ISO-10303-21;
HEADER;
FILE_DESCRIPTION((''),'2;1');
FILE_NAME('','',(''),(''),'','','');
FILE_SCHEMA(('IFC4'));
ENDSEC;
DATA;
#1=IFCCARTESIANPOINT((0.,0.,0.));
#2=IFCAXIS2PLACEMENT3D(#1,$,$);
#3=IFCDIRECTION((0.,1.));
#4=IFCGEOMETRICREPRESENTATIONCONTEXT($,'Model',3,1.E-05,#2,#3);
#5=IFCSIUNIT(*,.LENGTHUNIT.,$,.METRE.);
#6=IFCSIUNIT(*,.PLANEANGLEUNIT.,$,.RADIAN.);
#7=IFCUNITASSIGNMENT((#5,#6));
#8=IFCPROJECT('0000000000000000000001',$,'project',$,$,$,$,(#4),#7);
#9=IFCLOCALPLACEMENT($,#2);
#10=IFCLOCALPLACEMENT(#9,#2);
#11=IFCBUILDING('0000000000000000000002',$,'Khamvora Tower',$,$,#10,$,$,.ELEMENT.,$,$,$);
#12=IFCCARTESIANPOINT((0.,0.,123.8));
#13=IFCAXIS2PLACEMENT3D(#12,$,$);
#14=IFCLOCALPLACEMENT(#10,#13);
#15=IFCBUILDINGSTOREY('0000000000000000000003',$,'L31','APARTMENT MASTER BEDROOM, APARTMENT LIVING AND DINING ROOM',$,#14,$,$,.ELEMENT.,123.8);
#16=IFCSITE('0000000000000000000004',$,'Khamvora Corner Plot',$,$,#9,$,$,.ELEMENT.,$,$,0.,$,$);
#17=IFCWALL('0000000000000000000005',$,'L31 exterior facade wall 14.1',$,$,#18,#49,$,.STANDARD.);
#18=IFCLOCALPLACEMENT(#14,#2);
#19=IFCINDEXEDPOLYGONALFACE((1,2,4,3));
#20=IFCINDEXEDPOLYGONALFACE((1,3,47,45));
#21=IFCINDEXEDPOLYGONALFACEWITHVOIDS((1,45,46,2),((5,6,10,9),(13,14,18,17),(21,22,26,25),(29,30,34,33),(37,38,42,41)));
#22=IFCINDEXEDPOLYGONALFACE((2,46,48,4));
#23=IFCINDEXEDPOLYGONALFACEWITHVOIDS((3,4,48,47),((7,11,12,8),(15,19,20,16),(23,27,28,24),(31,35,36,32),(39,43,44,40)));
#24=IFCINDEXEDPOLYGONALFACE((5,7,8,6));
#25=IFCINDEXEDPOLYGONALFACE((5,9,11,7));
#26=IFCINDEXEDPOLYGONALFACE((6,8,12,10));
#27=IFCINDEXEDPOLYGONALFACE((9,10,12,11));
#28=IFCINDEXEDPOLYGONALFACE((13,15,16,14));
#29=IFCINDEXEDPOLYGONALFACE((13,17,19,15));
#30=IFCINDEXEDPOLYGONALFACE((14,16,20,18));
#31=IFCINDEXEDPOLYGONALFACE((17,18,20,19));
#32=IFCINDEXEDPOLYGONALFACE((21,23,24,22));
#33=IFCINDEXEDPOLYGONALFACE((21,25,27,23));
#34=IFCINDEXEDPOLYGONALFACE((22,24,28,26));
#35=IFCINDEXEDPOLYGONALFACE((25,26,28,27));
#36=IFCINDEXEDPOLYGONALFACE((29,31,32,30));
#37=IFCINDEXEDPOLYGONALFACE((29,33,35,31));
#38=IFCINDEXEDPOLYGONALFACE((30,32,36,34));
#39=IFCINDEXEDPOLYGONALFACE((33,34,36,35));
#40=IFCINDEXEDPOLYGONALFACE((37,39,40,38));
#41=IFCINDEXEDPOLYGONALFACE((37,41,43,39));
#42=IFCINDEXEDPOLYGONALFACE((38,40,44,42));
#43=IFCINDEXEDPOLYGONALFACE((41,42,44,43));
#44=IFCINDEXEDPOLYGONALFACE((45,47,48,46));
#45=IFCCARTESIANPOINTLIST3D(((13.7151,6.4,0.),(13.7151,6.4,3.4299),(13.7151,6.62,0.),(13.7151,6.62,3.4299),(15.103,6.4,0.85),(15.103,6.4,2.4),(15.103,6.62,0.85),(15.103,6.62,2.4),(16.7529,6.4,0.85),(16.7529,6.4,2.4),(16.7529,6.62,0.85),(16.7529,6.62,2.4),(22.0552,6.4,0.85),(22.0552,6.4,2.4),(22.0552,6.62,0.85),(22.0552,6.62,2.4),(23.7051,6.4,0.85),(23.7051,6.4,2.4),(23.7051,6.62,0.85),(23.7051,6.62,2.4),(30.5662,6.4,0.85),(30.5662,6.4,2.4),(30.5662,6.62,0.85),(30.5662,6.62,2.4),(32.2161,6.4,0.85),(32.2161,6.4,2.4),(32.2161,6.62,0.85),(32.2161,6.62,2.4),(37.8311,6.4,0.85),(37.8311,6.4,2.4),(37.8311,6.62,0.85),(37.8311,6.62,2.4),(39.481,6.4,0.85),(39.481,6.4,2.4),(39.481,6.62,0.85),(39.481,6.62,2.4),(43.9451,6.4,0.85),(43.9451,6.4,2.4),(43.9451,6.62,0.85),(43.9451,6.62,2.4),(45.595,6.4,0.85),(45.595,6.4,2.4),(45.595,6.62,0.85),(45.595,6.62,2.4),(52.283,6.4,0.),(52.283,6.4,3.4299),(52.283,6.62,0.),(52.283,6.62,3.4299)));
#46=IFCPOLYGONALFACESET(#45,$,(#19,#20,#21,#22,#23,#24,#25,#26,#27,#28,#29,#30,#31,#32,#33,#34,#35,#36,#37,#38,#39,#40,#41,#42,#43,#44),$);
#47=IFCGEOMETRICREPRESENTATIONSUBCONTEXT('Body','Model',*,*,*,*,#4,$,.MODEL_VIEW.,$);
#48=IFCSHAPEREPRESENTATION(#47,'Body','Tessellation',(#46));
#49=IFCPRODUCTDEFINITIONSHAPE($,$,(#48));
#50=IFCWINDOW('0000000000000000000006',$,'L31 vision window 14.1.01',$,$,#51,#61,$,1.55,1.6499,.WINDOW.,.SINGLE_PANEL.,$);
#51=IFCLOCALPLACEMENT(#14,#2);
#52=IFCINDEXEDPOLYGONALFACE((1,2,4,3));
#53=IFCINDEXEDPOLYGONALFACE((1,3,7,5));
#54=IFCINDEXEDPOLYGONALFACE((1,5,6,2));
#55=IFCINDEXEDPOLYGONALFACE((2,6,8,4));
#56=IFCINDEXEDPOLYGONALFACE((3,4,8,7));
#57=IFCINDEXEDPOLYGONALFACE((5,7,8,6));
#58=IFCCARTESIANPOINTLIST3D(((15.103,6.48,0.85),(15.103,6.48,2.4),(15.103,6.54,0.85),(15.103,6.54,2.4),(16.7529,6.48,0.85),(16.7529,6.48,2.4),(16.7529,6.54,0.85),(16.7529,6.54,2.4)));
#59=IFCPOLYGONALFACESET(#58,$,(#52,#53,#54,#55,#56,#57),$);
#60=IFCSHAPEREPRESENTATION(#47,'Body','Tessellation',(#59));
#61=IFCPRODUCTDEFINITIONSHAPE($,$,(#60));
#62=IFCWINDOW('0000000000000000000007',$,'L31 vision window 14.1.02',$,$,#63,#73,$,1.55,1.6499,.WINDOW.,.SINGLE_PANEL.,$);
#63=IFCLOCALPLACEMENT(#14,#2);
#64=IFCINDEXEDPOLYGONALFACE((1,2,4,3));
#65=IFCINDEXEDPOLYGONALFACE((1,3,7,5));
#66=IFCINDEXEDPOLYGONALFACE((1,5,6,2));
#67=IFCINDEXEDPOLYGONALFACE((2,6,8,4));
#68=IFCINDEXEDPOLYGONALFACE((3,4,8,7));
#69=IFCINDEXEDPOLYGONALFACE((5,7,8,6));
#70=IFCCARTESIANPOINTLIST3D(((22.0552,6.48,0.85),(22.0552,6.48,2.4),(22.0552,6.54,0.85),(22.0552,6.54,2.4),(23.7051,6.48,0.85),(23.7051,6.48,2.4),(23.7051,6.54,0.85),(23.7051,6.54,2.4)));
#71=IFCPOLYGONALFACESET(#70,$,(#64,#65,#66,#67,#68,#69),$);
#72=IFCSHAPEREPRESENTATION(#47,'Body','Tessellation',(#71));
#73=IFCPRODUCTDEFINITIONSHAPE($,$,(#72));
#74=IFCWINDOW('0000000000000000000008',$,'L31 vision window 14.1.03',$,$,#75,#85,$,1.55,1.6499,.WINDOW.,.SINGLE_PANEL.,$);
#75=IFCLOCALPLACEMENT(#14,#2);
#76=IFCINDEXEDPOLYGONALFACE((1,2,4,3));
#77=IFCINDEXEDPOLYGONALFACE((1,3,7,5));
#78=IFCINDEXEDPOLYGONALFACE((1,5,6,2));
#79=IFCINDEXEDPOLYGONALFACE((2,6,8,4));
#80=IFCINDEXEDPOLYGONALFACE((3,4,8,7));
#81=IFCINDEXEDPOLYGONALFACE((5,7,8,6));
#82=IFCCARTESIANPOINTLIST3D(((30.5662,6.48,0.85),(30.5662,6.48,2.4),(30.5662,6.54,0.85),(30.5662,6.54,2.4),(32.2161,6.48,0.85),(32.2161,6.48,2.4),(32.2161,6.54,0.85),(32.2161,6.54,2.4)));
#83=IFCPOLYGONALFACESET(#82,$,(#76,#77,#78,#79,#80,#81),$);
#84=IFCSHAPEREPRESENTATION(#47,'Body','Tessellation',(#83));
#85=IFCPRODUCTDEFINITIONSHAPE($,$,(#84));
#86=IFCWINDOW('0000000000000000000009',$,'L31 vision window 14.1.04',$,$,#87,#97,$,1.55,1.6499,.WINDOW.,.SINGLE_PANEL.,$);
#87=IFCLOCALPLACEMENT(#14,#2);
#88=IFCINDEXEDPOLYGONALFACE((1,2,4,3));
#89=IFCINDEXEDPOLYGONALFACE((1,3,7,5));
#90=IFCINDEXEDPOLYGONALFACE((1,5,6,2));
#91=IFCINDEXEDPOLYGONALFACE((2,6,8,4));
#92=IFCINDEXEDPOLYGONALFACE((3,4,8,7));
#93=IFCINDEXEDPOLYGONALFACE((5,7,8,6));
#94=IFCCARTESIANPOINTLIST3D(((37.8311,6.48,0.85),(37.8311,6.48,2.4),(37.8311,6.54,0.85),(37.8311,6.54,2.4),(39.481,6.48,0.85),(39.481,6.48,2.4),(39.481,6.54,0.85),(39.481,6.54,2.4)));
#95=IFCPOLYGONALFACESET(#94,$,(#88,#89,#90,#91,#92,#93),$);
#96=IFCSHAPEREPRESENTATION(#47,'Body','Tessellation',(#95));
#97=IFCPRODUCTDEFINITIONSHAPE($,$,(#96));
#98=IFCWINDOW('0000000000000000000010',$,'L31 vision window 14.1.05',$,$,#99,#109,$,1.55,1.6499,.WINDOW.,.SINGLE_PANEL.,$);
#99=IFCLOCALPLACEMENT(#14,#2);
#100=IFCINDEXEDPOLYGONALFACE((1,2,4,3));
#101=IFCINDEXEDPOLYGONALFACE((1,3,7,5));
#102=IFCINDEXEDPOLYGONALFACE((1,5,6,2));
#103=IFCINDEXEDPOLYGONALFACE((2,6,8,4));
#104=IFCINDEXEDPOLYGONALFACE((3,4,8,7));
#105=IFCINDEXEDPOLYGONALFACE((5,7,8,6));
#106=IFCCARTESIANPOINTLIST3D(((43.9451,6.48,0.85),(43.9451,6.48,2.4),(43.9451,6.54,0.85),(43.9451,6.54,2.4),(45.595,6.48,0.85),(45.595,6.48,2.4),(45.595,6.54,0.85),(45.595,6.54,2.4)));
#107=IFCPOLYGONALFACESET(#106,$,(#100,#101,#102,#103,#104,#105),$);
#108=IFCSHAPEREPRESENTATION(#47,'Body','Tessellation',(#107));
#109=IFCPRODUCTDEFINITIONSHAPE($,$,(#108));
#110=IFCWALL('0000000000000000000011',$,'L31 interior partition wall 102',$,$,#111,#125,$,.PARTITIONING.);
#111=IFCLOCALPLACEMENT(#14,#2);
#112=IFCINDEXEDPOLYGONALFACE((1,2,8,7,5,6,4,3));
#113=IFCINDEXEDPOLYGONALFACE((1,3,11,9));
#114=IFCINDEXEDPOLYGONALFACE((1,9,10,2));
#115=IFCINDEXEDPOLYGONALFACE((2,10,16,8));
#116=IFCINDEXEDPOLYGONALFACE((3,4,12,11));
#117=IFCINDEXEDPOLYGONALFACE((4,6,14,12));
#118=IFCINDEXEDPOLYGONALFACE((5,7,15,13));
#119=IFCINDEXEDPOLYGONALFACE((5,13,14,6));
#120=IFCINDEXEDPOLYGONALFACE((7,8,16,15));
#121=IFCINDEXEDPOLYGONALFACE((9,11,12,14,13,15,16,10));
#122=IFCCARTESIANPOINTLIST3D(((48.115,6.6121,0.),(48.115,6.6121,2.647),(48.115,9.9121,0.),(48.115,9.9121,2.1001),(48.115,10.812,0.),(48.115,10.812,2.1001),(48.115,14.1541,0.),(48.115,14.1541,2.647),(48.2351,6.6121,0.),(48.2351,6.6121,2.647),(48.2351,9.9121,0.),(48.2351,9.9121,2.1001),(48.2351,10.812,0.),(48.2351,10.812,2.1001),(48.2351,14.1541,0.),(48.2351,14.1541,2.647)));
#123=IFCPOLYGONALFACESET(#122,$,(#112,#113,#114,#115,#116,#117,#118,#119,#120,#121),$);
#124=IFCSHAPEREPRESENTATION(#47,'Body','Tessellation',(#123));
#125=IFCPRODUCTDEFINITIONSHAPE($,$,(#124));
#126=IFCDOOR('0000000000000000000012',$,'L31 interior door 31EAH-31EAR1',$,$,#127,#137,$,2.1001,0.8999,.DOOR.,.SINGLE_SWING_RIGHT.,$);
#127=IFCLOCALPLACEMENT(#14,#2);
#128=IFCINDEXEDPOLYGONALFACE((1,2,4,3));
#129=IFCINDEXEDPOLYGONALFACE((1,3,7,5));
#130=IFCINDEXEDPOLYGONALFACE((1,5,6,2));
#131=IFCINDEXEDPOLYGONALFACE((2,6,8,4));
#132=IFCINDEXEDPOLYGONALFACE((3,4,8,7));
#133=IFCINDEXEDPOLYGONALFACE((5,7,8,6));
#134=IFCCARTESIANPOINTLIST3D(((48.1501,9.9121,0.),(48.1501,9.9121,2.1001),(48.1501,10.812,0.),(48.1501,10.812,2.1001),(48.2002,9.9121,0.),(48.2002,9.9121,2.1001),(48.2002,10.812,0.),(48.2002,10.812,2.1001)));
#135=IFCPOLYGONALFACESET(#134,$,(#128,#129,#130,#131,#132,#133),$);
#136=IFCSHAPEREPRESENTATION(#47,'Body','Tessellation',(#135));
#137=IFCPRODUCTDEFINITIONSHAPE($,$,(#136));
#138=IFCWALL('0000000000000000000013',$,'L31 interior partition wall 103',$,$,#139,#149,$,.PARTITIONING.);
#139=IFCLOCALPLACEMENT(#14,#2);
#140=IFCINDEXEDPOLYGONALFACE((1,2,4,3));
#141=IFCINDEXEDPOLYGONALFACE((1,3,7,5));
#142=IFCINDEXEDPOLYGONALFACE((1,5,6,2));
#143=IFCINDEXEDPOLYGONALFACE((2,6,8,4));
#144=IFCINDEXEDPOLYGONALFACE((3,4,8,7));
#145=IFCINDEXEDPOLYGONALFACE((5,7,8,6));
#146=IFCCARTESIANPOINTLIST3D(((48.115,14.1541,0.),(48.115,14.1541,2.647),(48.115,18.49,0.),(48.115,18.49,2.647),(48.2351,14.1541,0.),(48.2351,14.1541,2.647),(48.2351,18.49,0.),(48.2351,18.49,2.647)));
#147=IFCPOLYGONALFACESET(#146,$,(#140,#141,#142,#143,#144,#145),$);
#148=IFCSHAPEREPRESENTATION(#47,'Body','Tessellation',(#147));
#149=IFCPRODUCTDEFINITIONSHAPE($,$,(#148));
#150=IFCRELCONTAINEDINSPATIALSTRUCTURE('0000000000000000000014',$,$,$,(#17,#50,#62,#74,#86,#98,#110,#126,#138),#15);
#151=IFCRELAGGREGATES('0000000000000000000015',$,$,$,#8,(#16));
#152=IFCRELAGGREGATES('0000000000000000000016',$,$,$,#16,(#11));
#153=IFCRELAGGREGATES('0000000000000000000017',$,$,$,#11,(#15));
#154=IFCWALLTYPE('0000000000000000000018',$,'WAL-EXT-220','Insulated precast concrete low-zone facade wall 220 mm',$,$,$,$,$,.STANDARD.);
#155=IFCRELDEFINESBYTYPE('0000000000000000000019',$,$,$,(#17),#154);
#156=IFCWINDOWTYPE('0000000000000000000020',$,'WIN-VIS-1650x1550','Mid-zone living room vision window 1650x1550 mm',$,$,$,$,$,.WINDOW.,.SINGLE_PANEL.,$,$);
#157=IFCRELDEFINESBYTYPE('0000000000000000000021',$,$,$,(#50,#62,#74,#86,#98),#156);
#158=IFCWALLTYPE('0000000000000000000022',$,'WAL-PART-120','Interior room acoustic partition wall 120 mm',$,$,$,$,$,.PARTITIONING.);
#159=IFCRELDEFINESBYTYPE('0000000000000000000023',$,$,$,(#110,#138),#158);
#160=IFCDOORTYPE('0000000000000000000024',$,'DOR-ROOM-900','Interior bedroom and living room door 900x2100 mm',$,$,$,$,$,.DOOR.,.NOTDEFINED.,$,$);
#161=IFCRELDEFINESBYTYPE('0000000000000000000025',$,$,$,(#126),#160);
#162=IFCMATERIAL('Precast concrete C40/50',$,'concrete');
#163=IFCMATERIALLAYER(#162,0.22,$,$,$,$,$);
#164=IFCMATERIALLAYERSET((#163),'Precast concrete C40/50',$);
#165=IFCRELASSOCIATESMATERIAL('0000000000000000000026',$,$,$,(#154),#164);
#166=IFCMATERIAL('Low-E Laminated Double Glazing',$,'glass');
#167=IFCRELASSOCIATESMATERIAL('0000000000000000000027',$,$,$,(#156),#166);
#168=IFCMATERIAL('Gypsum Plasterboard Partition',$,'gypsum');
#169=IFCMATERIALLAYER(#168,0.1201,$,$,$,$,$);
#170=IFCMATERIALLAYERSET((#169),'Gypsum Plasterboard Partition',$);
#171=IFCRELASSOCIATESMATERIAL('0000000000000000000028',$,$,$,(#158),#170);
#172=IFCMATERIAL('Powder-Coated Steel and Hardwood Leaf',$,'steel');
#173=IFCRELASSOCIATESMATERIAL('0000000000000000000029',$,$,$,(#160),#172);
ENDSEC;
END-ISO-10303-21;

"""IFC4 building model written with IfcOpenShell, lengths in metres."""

from ifc_helpers import new_model, si_unit, direction, frame, frame_2d, origin, place, context, subcontext, project, spatial, rectangle, extrude, material, layer, layer_set, type_object, element, fill, save


model = new_model("IFC4")

# Units and contexts
model_context = context("Model", 3, precision=1e-05, world=origin(), true_north=direction((0.0, 1.0)))
body_context = subcontext(model_context, "Body", "Model", "MODEL_VIEW")
ifc_project = project(units=[si_unit("LENGTHUNIT", "METRE"), si_unit("PLANEANGLEUNIT", "RADIAN")], contexts=[model_context])

# Site, building, storey
site_placement = place(None, origin())
site = spatial("IfcSite", under=ifc_project, at=site_placement, Name="Khamvora Corner Plot", CompositionType="ELEMENT", RefElevation=0.0)
building_placement = place(site_placement, origin())
building = spatial("IfcBuilding", under=site, at=building_placement, Name="Khamvora Tower", CompositionType="ELEMENT")
storey_placement = place(building_placement, frame((0.0, 0.0, 123.8)))
storey = spatial("IfcBuildingStorey", under=building, at=storey_placement, Name="L31", Description="APARTMENT MASTER BEDROOM, APARTMENT LIVING AND DINING ROOM", CompositionType="ELEMENT", Elevation=123.8)

# Shared definitions
ifc_material_1 = material(Name="Precast concrete C40/50", Category="concrete")
ifc_layer_1 = layer(ifc_material_1, 0.22)
ifc_layer_set_1 = layer_set([ifc_layer_1], Name="Precast concrete C40/50")
wall_type_1 = type_object("IfcWallType", Name="WAL-EXT-220", Description="Insulated precast concrete low-zone facade wall 220 mm", PredefinedType="STANDARD", material=ifc_layer_set_1)

# Wall, openings, windows
wall_1_placement = place(storey_placement, frame((52.283, 6.51, 0.0), z_axis=(0.0, 0.0, 1.0), x_axis=(-1.0, 0.0, 0.0)))
wall_1 = element("IfcWall", 1, at=wall_1_placement, inside=storey, type_object=wall_type_1, Name="L31 exterior facade wall 14.1", PredefinedType="STANDARD", context=body_context, shape_type="SweptSolid", body=[
    extrude(rectangle(XDim=38.5679, YDim=0.22, at=frame_2d((19.2839, 0.0))), origin(), (0.0, 0.0, 1.0), 3.4299),
])
opening_1_placement = place(wall_1_placement, frame((35.53, 0.0, 0.8501)))
opening_1 = element("IfcOpeningElement", 2, at=opening_1_placement, cuts=wall_1, PredefinedType="OPENING", context=body_context, shape_type="SweptSolid", body=[
    extrude(rectangle(XDim=1.6499, YDim=1.55, at=frame_2d((0.825, 0.7749))), frame((0.0, 0.1199, 0.0), z_axis=(0.0, -1.0, 0.0), x_axis=(1.0, 0.0, 0.0)), (0.0, 0.0, 1.0), 0.24),
])
opening_2_placement = place(wall_1_placement, frame((28.5779, 0.0, 0.8501)))
opening_2 = element("IfcOpeningElement", 3, at=opening_2_placement, cuts=wall_1, PredefinedType="OPENING", context=body_context, shape_type="SweptSolid", body=[
    extrude(rectangle(XDim=1.6499, YDim=1.55, at=frame_2d((0.825, 0.7749))), frame((0.0, 0.1199, 0.0), z_axis=(0.0, -1.0, 0.0), x_axis=(1.0, 0.0, 0.0)), (0.0, 0.0, 1.0), 0.24),
])
opening_3_placement = place(wall_1_placement, frame((20.0669, 0.0, 0.8501)))
opening_3 = element("IfcOpeningElement", 4, at=opening_3_placement, cuts=wall_1, PredefinedType="OPENING", context=body_context, shape_type="SweptSolid", body=[
    extrude(rectangle(XDim=1.6499, YDim=1.55, at=frame_2d((0.825, 0.7749))), frame((0.0, 0.1199, 0.0), z_axis=(0.0, -1.0, 0.0), x_axis=(1.0, 0.0, 0.0)), (0.0, 0.0, 1.0), 0.24),
])
opening_4_placement = place(wall_1_placement, frame((12.802, 0.0, 0.8501)))
opening_4 = element("IfcOpeningElement", 5, at=opening_4_placement, cuts=wall_1, PredefinedType="OPENING", context=body_context, shape_type="SweptSolid", body=[
    extrude(rectangle(XDim=1.6499, YDim=1.55, at=frame_2d((0.825, 0.7749))), frame((0.0, 0.1199, 0.0), z_axis=(0.0, -1.0, 0.0), x_axis=(1.0, 0.0, 0.0)), (0.0, 0.0, 1.0), 0.24),
])
opening_5_placement = place(wall_1_placement, frame((6.688, 0.0, 0.8501)))
opening_5 = element("IfcOpeningElement", 6, at=opening_5_placement, cuts=wall_1, PredefinedType="OPENING", context=body_context, shape_type="SweptSolid", body=[
    extrude(rectangle(XDim=1.6499, YDim=1.55, at=frame_2d((0.825, 0.7749))), frame((0.0, 0.1199, 0.0), z_axis=(0.0, -1.0, 0.0), x_axis=(1.0, 0.0, 0.0)), (0.0, 0.0, 1.0), 0.24),
])
ifc_material_2 = material(Name="Low-E Laminated Double Glazing", Category="glass")
window_type = type_object("IfcWindowType", Name="WIN-VIS-1650x1550", Description="Mid-zone living room vision window 1650x1550 mm", PartitioningType="SINGLE_PANEL", PredefinedType="WINDOW", material=ifc_material_2)
window_1_placement = place(opening_1_placement, origin())
window_1 = element("IfcWindow", 7, at=window_1_placement, inside=storey, type_object=window_type, Name="L31 vision window 14.1.01", OverallHeight=1.55, OverallWidth=1.6499, PartitioningType="SINGLE_PANEL", PredefinedType="WINDOW", context=body_context, shape_type="SweptSolid", body=[
    extrude(rectangle(XDim=1.6499, YDim=1.55, at=frame_2d((0.825, 0.7749))), frame((0.0, 0.03, 0.0), z_axis=(0.0, -1.0, 0.0), x_axis=(1.0, 0.0, 0.0)), (0.0, 0.0, 1.0), 0.0601),
])
fill(opening_1, window_1)
window_2_placement = place(opening_2_placement, origin())
window_2 = element("IfcWindow", 8, at=window_2_placement, inside=storey, type_object=window_type, Name="L31 vision window 14.1.02", OverallHeight=1.55, OverallWidth=1.6499, PartitioningType="SINGLE_PANEL", PredefinedType="WINDOW", context=body_context, shape_type="SweptSolid", body=[
    extrude(rectangle(XDim=1.6499, YDim=1.55, at=frame_2d((0.825, 0.7749))), frame((0.0, 0.03, 0.0), z_axis=(0.0, -1.0, 0.0), x_axis=(1.0, 0.0, 0.0)), (0.0, 0.0, 1.0), 0.0601),
])
fill(opening_2, window_2)
window_3_placement = place(opening_3_placement, origin())
window_3 = element("IfcWindow", 9, at=window_3_placement, inside=storey, type_object=window_type, Name="L31 vision window 14.1.03", OverallHeight=1.55, OverallWidth=1.6499, PartitioningType="SINGLE_PANEL", PredefinedType="WINDOW", context=body_context, shape_type="SweptSolid", body=[
    extrude(rectangle(XDim=1.6499, YDim=1.55, at=frame_2d((0.825, 0.7749))), frame((0.0, 0.03, 0.0), z_axis=(0.0, -1.0, 0.0), x_axis=(1.0, 0.0, 0.0)), (0.0, 0.0, 1.0), 0.0601),
])
fill(opening_3, window_3)
window_4_placement = place(opening_4_placement, origin())
window_4 = element("IfcWindow", 10, at=window_4_placement, inside=storey, type_object=window_type, Name="L31 vision window 14.1.04", OverallHeight=1.55, OverallWidth=1.6499, PartitioningType="SINGLE_PANEL", PredefinedType="WINDOW", context=body_context, shape_type="SweptSolid", body=[
    extrude(rectangle(XDim=1.6499, YDim=1.55, at=frame_2d((0.825, 0.7749))), frame((0.0, 0.03, 0.0), z_axis=(0.0, -1.0, 0.0), x_axis=(1.0, 0.0, 0.0)), (0.0, 0.0, 1.0), 0.0601),
])
fill(opening_4, window_4)
window_5_placement = place(opening_5_placement, origin())
window_5 = element("IfcWindow", 11, at=window_5_placement, inside=storey, type_object=window_type, Name="L31 vision window 14.1.05", OverallHeight=1.55, OverallWidth=1.6499, PartitioningType="SINGLE_PANEL", PredefinedType="WINDOW", context=body_context, shape_type="SweptSolid", body=[
    extrude(rectangle(XDim=1.6499, YDim=1.55, at=frame_2d((0.825, 0.7749))), frame((0.0, 0.03, 0.0), z_axis=(0.0, -1.0, 0.0), x_axis=(1.0, 0.0, 0.0)), (0.0, 0.0, 1.0), 0.0601),
])
fill(opening_5, window_5)

# Wall, opening, door
ifc_material_3 = material(Name="Gypsum Plasterboard Partition", Category="gypsum")
ifc_layer_2 = layer(ifc_material_3, 0.1201)
ifc_layer_set_2 = layer_set([ifc_layer_2], Name="Gypsum Plasterboard Partition")
wall_type_2 = type_object("IfcWallType", Name="WAL-PART-120", Description="Interior room acoustic partition wall 120 mm", PredefinedType="PARTITIONING", material=ifc_layer_set_2)
wall_2_placement = place(storey_placement, frame((48.175, 6.6121, 0.0), z_axis=(0.0, 0.0, 1.0), x_axis=(0.0, 1.0, 0.0)))
wall_2 = element("IfcWall", 12, at=wall_2_placement, inside=storey, type_object=wall_type_2, Name="L31 interior partition wall 102", PredefinedType="PARTITIONING", context=body_context, shape_type="SweptSolid", body=[
    extrude(rectangle(XDim=7.542, YDim=0.1201, at=frame_2d((3.771, 0.0))), origin(), (0.0, 0.0, 1.0), 2.647),
])
opening_6_placement = place(wall_2_placement, frame((3.3, 0.0, 0.0)))
opening_6 = element("IfcOpeningElement", 13, at=opening_6_placement, cuts=wall_2, PredefinedType="OPENING", context=body_context, shape_type="SweptSolid", body=[
    extrude(rectangle(XDim=0.8999, YDim=2.1001, at=frame_2d((0.45, 1.05))), frame((0.0, 0.0701, 0.0), z_axis=(0.0, -1.0, 0.0), x_axis=(1.0, 0.0, 0.0)), (0.0, 0.0, 1.0), 0.1401),
])
ifc_material_4 = material(Name="Powder-Coated Steel and Hardwood Leaf", Category="steel")
door_type = type_object("IfcDoorType", Name="DOR-ROOM-900", Description="Interior bedroom and living room door 900x2100 mm", OperationType="NOTDEFINED", PredefinedType="DOOR", material=ifc_material_4)
door_1_placement = place(opening_6_placement, origin())
door_1 = element("IfcDoor", 14, at=door_1_placement, inside=storey, type_object=door_type, Name="L31 interior door 31EAH-31EAR1", OperationType="SINGLE_SWING_RIGHT", OverallHeight=2.1001, OverallWidth=0.8999, PredefinedType="DOOR", context=body_context, shape_type="SweptSolid", body=[
    extrude(rectangle(XDim=0.8999, YDim=2.1001, at=frame_2d((0.45, 1.05))), frame((0.0, 0.0249, 0.0), z_axis=(0.0, -1.0, 0.0), x_axis=(1.0, 0.0, 0.0)), (0.0, 0.0, 1.0), 0.05),
])
fill(opening_6, door_1)

# Wall
wall_3_placement = place(storey_placement, frame((48.175, 14.1541, 0.0), z_axis=(0.0, 0.0, 1.0), x_axis=(0.0, 1.0, 0.0)))
element("IfcWall", 15, at=wall_3_placement, inside=storey, type_object=wall_type_2, Name="L31 interior partition wall 103", PredefinedType="PARTITIONING", context=body_context, shape_type="SweptSolid", body=[
    extrude(rectangle(XDim=4.3359, YDim=0.1201, at=frame_2d((2.168, 0.0))), origin(), (0.0, 0.0, 1.0), 2.647),
])

save(model, "model.ifc")
